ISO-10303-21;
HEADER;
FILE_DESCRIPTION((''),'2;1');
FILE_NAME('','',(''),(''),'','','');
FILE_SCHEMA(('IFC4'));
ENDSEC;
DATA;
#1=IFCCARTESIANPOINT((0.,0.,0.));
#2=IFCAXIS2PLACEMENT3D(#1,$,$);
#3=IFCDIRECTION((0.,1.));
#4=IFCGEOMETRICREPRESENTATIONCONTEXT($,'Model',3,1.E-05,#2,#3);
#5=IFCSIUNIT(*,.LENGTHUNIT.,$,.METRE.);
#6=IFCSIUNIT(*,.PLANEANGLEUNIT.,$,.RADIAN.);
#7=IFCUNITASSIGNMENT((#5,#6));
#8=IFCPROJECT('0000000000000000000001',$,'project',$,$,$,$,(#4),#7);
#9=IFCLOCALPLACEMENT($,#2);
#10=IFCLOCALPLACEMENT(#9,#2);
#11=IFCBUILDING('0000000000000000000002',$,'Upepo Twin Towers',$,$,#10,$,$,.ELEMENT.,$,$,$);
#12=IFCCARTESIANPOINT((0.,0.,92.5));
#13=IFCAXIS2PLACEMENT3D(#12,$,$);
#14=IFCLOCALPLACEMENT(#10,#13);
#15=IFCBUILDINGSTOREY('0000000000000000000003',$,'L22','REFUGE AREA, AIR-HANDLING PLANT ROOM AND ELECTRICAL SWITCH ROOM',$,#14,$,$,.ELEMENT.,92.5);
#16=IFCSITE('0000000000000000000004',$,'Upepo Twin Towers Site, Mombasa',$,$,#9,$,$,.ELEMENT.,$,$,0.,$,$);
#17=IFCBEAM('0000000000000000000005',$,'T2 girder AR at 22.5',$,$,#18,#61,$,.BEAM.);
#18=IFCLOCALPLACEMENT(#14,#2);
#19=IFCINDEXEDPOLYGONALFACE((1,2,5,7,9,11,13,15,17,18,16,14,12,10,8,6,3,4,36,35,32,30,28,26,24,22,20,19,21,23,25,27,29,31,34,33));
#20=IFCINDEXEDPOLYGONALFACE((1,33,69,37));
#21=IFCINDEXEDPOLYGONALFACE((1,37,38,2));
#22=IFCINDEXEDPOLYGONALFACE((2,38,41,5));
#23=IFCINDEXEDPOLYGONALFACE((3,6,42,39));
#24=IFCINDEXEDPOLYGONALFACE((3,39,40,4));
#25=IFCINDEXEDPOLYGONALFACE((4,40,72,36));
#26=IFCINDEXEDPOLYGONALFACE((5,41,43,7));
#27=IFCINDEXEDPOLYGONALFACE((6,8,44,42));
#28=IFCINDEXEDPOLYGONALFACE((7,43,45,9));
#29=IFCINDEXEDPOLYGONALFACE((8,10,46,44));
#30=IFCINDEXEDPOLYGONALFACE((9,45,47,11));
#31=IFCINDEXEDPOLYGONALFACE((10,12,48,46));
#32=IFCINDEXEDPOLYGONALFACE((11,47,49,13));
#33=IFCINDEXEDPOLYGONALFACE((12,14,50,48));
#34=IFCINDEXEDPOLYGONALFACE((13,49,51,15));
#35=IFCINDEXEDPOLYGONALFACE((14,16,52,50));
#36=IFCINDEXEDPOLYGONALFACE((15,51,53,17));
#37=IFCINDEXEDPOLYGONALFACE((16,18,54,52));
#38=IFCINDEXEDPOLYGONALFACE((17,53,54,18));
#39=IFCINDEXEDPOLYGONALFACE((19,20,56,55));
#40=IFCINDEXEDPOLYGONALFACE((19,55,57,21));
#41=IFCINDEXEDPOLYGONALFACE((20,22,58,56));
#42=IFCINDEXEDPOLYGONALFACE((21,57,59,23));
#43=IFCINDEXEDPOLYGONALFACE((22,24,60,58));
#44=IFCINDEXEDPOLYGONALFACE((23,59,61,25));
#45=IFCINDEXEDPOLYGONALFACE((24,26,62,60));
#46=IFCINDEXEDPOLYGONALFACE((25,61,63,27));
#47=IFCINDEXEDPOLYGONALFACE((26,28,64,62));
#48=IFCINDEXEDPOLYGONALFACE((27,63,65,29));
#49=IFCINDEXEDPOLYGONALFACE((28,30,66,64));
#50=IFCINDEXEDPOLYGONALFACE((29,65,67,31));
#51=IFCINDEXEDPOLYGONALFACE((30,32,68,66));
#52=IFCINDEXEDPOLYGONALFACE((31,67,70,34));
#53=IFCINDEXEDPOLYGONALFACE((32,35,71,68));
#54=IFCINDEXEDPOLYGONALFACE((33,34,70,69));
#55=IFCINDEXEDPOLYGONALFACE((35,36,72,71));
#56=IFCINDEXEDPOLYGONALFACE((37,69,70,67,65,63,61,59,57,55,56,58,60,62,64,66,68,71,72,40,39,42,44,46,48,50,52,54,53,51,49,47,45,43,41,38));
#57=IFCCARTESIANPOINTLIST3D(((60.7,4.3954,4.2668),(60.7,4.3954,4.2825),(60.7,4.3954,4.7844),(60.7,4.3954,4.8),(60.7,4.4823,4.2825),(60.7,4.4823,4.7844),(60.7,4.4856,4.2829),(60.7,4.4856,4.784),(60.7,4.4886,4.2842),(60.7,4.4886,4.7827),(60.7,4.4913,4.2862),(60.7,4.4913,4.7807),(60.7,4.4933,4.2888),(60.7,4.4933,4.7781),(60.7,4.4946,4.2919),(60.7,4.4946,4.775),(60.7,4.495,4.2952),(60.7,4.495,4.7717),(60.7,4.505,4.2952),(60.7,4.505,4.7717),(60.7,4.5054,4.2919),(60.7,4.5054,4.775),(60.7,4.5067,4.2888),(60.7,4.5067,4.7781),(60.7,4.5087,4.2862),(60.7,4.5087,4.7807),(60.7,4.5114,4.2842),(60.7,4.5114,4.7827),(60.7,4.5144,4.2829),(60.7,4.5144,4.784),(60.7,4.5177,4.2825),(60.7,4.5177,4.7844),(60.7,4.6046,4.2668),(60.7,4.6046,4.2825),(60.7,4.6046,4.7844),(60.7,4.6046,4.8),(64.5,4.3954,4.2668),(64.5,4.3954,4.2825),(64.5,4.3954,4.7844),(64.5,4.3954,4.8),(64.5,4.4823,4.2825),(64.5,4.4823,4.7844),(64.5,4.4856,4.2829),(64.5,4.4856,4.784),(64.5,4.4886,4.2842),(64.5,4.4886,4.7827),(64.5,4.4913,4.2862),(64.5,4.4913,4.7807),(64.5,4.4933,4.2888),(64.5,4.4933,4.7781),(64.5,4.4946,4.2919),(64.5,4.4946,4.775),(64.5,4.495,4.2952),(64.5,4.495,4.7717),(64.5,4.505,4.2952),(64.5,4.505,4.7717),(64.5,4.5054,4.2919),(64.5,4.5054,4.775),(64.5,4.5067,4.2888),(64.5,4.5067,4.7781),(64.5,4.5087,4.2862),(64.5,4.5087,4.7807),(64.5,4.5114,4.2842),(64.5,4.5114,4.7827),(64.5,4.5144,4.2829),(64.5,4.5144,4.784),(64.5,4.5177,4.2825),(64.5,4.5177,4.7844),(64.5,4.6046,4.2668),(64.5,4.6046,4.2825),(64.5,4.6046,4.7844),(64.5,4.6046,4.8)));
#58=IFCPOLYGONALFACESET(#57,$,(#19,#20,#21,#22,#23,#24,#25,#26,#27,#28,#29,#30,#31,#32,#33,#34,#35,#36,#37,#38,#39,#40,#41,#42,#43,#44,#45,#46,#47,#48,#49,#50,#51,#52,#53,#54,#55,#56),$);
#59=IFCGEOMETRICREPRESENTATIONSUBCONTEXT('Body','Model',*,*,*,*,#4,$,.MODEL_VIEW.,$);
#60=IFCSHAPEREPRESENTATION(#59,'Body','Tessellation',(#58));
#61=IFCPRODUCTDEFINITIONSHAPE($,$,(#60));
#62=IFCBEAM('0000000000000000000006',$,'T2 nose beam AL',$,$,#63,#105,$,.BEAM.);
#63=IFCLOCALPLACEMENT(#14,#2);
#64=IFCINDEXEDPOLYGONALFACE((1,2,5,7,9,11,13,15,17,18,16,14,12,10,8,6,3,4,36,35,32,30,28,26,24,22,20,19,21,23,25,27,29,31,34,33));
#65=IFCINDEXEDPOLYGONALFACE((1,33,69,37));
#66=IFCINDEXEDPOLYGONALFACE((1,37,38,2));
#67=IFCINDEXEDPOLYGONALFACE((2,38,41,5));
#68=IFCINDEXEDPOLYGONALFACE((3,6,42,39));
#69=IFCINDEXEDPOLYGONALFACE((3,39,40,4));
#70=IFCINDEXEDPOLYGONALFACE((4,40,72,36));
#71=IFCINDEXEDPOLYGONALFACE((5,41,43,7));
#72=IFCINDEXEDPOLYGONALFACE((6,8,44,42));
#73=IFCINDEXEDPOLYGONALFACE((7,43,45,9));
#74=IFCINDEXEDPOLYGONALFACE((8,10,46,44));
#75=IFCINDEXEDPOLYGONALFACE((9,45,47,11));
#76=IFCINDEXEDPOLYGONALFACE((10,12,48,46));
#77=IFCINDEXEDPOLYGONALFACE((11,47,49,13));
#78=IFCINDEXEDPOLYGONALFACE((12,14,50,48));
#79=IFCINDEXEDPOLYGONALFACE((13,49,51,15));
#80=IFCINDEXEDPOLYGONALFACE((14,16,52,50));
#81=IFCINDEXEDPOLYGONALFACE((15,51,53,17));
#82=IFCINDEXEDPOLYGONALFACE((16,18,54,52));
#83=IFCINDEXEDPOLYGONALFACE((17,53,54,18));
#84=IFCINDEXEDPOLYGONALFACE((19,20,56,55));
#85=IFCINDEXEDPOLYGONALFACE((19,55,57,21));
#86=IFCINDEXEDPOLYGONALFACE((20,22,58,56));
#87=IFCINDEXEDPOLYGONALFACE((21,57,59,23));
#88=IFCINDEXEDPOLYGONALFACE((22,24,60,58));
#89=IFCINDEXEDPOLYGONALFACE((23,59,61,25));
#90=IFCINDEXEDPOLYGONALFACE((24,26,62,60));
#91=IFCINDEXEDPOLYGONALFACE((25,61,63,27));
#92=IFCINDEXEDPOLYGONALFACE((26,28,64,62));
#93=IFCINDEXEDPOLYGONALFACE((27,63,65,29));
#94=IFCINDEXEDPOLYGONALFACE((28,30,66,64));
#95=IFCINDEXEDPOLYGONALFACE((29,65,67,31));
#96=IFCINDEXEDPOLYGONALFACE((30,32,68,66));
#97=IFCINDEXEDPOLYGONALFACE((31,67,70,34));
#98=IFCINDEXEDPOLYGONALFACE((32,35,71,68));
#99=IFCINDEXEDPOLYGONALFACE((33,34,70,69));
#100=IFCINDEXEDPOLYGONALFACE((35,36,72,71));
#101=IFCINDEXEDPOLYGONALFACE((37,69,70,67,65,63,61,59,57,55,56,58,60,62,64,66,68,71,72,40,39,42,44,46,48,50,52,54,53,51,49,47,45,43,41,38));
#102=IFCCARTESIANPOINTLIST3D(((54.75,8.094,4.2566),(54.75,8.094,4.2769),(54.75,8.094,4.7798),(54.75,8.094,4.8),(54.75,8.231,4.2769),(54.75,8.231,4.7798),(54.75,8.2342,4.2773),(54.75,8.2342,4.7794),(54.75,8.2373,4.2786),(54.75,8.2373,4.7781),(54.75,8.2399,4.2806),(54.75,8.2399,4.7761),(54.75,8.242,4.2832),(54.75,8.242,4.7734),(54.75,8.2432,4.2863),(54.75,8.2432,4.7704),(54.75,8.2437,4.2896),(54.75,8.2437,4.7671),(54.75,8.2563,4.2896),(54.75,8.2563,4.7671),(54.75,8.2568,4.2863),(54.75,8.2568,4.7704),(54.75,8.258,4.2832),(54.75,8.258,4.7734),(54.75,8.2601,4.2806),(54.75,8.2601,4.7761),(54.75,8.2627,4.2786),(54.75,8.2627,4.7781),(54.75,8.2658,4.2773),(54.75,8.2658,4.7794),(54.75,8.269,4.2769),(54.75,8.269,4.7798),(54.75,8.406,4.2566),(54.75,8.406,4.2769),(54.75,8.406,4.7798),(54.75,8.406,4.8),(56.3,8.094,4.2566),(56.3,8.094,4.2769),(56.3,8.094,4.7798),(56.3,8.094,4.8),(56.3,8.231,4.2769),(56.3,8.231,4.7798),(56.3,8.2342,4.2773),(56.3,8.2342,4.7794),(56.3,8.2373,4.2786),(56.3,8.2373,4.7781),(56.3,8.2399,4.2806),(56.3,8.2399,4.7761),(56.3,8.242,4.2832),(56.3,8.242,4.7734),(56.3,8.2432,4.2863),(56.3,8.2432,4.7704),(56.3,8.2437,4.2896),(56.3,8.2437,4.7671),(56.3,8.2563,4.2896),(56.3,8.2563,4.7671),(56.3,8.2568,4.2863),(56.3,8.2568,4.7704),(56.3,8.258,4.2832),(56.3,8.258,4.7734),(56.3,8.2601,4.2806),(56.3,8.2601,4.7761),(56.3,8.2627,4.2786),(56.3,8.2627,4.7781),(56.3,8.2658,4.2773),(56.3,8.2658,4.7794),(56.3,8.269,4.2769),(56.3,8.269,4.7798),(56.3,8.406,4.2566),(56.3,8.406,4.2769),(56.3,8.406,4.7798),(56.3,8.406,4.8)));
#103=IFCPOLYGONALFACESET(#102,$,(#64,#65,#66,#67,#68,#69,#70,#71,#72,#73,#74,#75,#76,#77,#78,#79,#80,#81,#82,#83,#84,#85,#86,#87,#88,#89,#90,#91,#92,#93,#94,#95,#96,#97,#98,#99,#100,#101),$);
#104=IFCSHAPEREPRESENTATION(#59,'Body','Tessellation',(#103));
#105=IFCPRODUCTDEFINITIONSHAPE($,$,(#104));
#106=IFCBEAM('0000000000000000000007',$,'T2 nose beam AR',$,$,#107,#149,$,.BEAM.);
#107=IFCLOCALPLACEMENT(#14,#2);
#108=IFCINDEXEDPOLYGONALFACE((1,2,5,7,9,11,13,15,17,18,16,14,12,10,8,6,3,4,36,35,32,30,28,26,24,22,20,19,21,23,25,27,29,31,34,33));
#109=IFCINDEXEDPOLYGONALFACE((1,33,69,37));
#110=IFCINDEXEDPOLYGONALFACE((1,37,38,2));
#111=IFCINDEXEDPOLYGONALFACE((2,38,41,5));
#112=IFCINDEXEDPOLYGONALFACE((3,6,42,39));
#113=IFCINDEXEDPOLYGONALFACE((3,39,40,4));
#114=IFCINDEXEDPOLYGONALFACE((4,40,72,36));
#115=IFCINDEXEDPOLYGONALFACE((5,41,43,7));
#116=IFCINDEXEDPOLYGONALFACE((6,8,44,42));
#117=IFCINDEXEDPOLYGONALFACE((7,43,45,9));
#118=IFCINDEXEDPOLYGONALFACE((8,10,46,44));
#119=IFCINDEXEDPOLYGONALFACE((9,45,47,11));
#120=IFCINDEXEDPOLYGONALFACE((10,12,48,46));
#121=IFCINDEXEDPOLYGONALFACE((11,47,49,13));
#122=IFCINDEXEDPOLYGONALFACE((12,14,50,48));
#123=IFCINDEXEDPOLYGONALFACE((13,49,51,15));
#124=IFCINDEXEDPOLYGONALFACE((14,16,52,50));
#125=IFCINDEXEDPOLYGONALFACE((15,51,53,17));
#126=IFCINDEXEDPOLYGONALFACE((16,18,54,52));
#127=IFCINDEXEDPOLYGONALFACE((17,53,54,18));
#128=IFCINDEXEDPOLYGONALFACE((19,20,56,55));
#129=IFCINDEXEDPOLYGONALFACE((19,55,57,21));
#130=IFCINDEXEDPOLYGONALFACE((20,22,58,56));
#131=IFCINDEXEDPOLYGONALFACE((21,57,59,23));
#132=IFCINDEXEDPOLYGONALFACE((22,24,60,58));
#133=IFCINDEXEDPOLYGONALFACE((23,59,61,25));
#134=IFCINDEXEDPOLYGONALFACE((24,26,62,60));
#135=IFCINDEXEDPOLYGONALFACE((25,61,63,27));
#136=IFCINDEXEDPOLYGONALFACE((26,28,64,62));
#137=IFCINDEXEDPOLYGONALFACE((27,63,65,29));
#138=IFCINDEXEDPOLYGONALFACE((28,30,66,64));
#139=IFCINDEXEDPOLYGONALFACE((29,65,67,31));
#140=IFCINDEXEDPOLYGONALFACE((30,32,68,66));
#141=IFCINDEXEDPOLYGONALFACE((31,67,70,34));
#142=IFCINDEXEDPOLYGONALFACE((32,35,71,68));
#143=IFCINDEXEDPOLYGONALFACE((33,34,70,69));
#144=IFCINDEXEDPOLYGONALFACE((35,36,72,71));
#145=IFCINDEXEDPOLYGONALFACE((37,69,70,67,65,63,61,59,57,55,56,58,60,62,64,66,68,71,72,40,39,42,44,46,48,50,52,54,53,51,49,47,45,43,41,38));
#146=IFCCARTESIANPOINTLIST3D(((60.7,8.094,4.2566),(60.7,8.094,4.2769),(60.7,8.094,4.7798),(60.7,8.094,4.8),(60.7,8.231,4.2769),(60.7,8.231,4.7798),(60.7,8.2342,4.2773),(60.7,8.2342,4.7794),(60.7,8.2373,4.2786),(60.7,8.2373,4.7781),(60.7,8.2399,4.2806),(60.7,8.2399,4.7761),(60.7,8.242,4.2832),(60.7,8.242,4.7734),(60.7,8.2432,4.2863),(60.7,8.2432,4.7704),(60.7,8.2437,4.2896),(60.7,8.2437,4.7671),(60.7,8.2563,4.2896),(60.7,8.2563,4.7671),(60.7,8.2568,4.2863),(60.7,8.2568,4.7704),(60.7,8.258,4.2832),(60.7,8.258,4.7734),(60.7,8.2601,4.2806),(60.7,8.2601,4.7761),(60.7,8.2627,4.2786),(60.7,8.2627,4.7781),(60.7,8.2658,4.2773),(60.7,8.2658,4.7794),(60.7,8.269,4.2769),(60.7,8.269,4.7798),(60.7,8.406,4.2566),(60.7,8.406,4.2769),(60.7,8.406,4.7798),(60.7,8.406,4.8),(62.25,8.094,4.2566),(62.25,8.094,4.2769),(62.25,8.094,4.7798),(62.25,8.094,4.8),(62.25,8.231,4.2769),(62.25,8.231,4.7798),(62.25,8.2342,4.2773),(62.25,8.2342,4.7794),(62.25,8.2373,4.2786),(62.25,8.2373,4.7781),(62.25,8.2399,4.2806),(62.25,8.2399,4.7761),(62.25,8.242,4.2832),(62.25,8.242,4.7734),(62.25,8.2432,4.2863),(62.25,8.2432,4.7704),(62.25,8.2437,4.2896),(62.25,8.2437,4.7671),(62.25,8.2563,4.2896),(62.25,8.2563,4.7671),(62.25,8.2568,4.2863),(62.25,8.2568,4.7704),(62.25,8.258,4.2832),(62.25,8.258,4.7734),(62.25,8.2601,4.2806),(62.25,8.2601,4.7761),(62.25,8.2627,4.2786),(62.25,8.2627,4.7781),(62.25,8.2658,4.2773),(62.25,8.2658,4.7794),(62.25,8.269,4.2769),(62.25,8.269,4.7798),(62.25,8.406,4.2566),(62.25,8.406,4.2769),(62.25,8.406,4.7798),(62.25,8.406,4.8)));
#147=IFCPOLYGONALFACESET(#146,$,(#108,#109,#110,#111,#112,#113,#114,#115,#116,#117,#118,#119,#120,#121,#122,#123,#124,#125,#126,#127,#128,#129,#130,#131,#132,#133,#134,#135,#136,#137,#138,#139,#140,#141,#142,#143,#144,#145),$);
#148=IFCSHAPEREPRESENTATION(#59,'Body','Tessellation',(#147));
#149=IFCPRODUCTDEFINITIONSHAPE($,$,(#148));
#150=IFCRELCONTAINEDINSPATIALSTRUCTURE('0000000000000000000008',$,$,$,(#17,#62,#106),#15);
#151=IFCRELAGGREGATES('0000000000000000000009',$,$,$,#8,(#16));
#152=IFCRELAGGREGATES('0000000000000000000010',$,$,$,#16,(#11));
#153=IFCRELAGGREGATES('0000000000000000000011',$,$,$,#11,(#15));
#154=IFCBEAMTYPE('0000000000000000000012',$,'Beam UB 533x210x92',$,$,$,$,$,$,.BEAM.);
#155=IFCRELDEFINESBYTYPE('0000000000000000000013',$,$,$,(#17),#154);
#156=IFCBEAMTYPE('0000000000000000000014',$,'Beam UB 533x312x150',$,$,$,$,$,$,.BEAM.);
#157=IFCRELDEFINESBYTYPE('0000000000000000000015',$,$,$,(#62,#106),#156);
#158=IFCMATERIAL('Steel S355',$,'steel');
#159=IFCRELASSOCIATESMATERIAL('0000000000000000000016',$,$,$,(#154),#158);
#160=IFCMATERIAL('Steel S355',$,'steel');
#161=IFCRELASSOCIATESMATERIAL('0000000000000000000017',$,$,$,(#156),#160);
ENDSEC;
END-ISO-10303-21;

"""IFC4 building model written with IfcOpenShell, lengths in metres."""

from ifc_helpers import new_model, si_unit, direction, frame, origin, origin_2d, place, context, subcontext, project, spatial, i_section, extrude, material, material_profile, profile_set, type_object, element, save


model = new_model("IFC4")

# Units and contexts
model_context = context("Model", 3, precision=1e-05, world=origin(), true_north=direction((0.0, 1.0)))
body_context = subcontext(model_context, "Body", "Model", "MODEL_VIEW")
ifc_project = project(units=[si_unit("LENGTHUNIT", "METRE"), si_unit("PLANEANGLEUNIT", "RADIAN")], contexts=[model_context])

# Site, building, storey
site_placement = place(None, origin())
site = spatial("IfcSite", under=ifc_project, at=site_placement, Name="Upepo Twin Towers Site, Mombasa", CompositionType="ELEMENT", RefElevation=0.0)
building_placement = place(site_placement, origin())
building = spatial("IfcBuilding", under=site, at=building_placement, Name="Upepo Twin Towers", CompositionType="ELEMENT")
storey_placement = place(building_placement, frame((0.0, 0.0, 92.5)))
storey = spatial("IfcBuildingStorey", under=building, at=storey_placement, Name="L22", Description="REFUGE AREA, AIR-HANDLING PLANT ROOM AND ELECTRICAL SWITCH ROOM", CompositionType="ELEMENT", Elevation=92.5)

# Beams
ifc_material_1 = material(Name="Steel S355", Category="steel")
ifc_material_profile_1 = material_profile(ifc_material_1, i_section(OverallWidth=0.2092, OverallDepth=0.5332, WebThickness=0.01, FlangeThickness=0.0156, FilletRadius=0.0127, at=origin_2d()), Name="UB 533x210x92")
ifc_profile_set_1 = profile_set([ifc_material_profile_1], Name="Steel S355")
beam_type_1 = type_object("IfcBeamType", Name="Beam UB 533x210x92", PredefinedType="BEAM", material=ifc_profile_set_1)
for number, where, z_axis, x_axis, name in (
    (1, (64.5, 4.5, 4.5334), (-1.0, 0.0, 0.0), (0.0, -1.0, 0.0), "T2 girder AR at 22.5"),
):
    element("IfcBeam", number, at=place(storey_placement, frame(where, z_axis=z_axis, x_axis=x_axis)), inside=storey, type_object=beam_type_1, Name=name, PredefinedType="BEAM", context=body_context, shape_type="SweptSolid", body=[
        extrude(i_section(OverallWidth=0.2092, OverallDepth=0.5332, WebThickness=0.01, FlangeThickness=0.0156, FilletRadius=0.0127, at=origin_2d()), origin(), (0.0, 0.0, 1.0), 3.8),
    ])
ifc_material_2 = material(Name="Steel S355", Category="steel")
ifc_material_profile_2 = material_profile(ifc_material_2, i_section(OverallWidth=0.312, OverallDepth=0.5435, WebThickness=0.0127, FlangeThickness=0.0203, FilletRadius=0.0127, at=origin_2d()), Name="UB 533x312x150")
ifc_profile_set_2 = profile_set([ifc_material_profile_2], Name="Steel S355")
beam_type_2 = type_object("IfcBeamType", Name="Beam UB 533x312x150", PredefinedType="BEAM", material=ifc_profile_set_2)
for number, where, z_axis, x_axis, name in (
    (2, (54.75, 8.25, 4.5283), (1.0, 0.0, 0.0), (0.0, 1.0, 0.0), "T2 nose beam AL"),
    (3, (62.25, 8.25, 4.5283), (-1.0, 0.0, 0.0), (0.0, -1.0, 0.0), "T2 nose beam AR"),
):
    element("IfcBeam", number, at=place(storey_placement, frame(where, z_axis=z_axis, x_axis=x_axis)), inside=storey, type_object=beam_type_2, Name=name, PredefinedType="BEAM", context=body_context, shape_type="SweptSolid", body=[
        extrude(i_section(OverallWidth=0.312, OverallDepth=0.5435, WebThickness=0.0127, FlangeThickness=0.0203, FilletRadius=0.0127, at=origin_2d()), origin(), (0.0, 0.0, 1.0), 1.55),
    ])

save(model, "model.ifc")
